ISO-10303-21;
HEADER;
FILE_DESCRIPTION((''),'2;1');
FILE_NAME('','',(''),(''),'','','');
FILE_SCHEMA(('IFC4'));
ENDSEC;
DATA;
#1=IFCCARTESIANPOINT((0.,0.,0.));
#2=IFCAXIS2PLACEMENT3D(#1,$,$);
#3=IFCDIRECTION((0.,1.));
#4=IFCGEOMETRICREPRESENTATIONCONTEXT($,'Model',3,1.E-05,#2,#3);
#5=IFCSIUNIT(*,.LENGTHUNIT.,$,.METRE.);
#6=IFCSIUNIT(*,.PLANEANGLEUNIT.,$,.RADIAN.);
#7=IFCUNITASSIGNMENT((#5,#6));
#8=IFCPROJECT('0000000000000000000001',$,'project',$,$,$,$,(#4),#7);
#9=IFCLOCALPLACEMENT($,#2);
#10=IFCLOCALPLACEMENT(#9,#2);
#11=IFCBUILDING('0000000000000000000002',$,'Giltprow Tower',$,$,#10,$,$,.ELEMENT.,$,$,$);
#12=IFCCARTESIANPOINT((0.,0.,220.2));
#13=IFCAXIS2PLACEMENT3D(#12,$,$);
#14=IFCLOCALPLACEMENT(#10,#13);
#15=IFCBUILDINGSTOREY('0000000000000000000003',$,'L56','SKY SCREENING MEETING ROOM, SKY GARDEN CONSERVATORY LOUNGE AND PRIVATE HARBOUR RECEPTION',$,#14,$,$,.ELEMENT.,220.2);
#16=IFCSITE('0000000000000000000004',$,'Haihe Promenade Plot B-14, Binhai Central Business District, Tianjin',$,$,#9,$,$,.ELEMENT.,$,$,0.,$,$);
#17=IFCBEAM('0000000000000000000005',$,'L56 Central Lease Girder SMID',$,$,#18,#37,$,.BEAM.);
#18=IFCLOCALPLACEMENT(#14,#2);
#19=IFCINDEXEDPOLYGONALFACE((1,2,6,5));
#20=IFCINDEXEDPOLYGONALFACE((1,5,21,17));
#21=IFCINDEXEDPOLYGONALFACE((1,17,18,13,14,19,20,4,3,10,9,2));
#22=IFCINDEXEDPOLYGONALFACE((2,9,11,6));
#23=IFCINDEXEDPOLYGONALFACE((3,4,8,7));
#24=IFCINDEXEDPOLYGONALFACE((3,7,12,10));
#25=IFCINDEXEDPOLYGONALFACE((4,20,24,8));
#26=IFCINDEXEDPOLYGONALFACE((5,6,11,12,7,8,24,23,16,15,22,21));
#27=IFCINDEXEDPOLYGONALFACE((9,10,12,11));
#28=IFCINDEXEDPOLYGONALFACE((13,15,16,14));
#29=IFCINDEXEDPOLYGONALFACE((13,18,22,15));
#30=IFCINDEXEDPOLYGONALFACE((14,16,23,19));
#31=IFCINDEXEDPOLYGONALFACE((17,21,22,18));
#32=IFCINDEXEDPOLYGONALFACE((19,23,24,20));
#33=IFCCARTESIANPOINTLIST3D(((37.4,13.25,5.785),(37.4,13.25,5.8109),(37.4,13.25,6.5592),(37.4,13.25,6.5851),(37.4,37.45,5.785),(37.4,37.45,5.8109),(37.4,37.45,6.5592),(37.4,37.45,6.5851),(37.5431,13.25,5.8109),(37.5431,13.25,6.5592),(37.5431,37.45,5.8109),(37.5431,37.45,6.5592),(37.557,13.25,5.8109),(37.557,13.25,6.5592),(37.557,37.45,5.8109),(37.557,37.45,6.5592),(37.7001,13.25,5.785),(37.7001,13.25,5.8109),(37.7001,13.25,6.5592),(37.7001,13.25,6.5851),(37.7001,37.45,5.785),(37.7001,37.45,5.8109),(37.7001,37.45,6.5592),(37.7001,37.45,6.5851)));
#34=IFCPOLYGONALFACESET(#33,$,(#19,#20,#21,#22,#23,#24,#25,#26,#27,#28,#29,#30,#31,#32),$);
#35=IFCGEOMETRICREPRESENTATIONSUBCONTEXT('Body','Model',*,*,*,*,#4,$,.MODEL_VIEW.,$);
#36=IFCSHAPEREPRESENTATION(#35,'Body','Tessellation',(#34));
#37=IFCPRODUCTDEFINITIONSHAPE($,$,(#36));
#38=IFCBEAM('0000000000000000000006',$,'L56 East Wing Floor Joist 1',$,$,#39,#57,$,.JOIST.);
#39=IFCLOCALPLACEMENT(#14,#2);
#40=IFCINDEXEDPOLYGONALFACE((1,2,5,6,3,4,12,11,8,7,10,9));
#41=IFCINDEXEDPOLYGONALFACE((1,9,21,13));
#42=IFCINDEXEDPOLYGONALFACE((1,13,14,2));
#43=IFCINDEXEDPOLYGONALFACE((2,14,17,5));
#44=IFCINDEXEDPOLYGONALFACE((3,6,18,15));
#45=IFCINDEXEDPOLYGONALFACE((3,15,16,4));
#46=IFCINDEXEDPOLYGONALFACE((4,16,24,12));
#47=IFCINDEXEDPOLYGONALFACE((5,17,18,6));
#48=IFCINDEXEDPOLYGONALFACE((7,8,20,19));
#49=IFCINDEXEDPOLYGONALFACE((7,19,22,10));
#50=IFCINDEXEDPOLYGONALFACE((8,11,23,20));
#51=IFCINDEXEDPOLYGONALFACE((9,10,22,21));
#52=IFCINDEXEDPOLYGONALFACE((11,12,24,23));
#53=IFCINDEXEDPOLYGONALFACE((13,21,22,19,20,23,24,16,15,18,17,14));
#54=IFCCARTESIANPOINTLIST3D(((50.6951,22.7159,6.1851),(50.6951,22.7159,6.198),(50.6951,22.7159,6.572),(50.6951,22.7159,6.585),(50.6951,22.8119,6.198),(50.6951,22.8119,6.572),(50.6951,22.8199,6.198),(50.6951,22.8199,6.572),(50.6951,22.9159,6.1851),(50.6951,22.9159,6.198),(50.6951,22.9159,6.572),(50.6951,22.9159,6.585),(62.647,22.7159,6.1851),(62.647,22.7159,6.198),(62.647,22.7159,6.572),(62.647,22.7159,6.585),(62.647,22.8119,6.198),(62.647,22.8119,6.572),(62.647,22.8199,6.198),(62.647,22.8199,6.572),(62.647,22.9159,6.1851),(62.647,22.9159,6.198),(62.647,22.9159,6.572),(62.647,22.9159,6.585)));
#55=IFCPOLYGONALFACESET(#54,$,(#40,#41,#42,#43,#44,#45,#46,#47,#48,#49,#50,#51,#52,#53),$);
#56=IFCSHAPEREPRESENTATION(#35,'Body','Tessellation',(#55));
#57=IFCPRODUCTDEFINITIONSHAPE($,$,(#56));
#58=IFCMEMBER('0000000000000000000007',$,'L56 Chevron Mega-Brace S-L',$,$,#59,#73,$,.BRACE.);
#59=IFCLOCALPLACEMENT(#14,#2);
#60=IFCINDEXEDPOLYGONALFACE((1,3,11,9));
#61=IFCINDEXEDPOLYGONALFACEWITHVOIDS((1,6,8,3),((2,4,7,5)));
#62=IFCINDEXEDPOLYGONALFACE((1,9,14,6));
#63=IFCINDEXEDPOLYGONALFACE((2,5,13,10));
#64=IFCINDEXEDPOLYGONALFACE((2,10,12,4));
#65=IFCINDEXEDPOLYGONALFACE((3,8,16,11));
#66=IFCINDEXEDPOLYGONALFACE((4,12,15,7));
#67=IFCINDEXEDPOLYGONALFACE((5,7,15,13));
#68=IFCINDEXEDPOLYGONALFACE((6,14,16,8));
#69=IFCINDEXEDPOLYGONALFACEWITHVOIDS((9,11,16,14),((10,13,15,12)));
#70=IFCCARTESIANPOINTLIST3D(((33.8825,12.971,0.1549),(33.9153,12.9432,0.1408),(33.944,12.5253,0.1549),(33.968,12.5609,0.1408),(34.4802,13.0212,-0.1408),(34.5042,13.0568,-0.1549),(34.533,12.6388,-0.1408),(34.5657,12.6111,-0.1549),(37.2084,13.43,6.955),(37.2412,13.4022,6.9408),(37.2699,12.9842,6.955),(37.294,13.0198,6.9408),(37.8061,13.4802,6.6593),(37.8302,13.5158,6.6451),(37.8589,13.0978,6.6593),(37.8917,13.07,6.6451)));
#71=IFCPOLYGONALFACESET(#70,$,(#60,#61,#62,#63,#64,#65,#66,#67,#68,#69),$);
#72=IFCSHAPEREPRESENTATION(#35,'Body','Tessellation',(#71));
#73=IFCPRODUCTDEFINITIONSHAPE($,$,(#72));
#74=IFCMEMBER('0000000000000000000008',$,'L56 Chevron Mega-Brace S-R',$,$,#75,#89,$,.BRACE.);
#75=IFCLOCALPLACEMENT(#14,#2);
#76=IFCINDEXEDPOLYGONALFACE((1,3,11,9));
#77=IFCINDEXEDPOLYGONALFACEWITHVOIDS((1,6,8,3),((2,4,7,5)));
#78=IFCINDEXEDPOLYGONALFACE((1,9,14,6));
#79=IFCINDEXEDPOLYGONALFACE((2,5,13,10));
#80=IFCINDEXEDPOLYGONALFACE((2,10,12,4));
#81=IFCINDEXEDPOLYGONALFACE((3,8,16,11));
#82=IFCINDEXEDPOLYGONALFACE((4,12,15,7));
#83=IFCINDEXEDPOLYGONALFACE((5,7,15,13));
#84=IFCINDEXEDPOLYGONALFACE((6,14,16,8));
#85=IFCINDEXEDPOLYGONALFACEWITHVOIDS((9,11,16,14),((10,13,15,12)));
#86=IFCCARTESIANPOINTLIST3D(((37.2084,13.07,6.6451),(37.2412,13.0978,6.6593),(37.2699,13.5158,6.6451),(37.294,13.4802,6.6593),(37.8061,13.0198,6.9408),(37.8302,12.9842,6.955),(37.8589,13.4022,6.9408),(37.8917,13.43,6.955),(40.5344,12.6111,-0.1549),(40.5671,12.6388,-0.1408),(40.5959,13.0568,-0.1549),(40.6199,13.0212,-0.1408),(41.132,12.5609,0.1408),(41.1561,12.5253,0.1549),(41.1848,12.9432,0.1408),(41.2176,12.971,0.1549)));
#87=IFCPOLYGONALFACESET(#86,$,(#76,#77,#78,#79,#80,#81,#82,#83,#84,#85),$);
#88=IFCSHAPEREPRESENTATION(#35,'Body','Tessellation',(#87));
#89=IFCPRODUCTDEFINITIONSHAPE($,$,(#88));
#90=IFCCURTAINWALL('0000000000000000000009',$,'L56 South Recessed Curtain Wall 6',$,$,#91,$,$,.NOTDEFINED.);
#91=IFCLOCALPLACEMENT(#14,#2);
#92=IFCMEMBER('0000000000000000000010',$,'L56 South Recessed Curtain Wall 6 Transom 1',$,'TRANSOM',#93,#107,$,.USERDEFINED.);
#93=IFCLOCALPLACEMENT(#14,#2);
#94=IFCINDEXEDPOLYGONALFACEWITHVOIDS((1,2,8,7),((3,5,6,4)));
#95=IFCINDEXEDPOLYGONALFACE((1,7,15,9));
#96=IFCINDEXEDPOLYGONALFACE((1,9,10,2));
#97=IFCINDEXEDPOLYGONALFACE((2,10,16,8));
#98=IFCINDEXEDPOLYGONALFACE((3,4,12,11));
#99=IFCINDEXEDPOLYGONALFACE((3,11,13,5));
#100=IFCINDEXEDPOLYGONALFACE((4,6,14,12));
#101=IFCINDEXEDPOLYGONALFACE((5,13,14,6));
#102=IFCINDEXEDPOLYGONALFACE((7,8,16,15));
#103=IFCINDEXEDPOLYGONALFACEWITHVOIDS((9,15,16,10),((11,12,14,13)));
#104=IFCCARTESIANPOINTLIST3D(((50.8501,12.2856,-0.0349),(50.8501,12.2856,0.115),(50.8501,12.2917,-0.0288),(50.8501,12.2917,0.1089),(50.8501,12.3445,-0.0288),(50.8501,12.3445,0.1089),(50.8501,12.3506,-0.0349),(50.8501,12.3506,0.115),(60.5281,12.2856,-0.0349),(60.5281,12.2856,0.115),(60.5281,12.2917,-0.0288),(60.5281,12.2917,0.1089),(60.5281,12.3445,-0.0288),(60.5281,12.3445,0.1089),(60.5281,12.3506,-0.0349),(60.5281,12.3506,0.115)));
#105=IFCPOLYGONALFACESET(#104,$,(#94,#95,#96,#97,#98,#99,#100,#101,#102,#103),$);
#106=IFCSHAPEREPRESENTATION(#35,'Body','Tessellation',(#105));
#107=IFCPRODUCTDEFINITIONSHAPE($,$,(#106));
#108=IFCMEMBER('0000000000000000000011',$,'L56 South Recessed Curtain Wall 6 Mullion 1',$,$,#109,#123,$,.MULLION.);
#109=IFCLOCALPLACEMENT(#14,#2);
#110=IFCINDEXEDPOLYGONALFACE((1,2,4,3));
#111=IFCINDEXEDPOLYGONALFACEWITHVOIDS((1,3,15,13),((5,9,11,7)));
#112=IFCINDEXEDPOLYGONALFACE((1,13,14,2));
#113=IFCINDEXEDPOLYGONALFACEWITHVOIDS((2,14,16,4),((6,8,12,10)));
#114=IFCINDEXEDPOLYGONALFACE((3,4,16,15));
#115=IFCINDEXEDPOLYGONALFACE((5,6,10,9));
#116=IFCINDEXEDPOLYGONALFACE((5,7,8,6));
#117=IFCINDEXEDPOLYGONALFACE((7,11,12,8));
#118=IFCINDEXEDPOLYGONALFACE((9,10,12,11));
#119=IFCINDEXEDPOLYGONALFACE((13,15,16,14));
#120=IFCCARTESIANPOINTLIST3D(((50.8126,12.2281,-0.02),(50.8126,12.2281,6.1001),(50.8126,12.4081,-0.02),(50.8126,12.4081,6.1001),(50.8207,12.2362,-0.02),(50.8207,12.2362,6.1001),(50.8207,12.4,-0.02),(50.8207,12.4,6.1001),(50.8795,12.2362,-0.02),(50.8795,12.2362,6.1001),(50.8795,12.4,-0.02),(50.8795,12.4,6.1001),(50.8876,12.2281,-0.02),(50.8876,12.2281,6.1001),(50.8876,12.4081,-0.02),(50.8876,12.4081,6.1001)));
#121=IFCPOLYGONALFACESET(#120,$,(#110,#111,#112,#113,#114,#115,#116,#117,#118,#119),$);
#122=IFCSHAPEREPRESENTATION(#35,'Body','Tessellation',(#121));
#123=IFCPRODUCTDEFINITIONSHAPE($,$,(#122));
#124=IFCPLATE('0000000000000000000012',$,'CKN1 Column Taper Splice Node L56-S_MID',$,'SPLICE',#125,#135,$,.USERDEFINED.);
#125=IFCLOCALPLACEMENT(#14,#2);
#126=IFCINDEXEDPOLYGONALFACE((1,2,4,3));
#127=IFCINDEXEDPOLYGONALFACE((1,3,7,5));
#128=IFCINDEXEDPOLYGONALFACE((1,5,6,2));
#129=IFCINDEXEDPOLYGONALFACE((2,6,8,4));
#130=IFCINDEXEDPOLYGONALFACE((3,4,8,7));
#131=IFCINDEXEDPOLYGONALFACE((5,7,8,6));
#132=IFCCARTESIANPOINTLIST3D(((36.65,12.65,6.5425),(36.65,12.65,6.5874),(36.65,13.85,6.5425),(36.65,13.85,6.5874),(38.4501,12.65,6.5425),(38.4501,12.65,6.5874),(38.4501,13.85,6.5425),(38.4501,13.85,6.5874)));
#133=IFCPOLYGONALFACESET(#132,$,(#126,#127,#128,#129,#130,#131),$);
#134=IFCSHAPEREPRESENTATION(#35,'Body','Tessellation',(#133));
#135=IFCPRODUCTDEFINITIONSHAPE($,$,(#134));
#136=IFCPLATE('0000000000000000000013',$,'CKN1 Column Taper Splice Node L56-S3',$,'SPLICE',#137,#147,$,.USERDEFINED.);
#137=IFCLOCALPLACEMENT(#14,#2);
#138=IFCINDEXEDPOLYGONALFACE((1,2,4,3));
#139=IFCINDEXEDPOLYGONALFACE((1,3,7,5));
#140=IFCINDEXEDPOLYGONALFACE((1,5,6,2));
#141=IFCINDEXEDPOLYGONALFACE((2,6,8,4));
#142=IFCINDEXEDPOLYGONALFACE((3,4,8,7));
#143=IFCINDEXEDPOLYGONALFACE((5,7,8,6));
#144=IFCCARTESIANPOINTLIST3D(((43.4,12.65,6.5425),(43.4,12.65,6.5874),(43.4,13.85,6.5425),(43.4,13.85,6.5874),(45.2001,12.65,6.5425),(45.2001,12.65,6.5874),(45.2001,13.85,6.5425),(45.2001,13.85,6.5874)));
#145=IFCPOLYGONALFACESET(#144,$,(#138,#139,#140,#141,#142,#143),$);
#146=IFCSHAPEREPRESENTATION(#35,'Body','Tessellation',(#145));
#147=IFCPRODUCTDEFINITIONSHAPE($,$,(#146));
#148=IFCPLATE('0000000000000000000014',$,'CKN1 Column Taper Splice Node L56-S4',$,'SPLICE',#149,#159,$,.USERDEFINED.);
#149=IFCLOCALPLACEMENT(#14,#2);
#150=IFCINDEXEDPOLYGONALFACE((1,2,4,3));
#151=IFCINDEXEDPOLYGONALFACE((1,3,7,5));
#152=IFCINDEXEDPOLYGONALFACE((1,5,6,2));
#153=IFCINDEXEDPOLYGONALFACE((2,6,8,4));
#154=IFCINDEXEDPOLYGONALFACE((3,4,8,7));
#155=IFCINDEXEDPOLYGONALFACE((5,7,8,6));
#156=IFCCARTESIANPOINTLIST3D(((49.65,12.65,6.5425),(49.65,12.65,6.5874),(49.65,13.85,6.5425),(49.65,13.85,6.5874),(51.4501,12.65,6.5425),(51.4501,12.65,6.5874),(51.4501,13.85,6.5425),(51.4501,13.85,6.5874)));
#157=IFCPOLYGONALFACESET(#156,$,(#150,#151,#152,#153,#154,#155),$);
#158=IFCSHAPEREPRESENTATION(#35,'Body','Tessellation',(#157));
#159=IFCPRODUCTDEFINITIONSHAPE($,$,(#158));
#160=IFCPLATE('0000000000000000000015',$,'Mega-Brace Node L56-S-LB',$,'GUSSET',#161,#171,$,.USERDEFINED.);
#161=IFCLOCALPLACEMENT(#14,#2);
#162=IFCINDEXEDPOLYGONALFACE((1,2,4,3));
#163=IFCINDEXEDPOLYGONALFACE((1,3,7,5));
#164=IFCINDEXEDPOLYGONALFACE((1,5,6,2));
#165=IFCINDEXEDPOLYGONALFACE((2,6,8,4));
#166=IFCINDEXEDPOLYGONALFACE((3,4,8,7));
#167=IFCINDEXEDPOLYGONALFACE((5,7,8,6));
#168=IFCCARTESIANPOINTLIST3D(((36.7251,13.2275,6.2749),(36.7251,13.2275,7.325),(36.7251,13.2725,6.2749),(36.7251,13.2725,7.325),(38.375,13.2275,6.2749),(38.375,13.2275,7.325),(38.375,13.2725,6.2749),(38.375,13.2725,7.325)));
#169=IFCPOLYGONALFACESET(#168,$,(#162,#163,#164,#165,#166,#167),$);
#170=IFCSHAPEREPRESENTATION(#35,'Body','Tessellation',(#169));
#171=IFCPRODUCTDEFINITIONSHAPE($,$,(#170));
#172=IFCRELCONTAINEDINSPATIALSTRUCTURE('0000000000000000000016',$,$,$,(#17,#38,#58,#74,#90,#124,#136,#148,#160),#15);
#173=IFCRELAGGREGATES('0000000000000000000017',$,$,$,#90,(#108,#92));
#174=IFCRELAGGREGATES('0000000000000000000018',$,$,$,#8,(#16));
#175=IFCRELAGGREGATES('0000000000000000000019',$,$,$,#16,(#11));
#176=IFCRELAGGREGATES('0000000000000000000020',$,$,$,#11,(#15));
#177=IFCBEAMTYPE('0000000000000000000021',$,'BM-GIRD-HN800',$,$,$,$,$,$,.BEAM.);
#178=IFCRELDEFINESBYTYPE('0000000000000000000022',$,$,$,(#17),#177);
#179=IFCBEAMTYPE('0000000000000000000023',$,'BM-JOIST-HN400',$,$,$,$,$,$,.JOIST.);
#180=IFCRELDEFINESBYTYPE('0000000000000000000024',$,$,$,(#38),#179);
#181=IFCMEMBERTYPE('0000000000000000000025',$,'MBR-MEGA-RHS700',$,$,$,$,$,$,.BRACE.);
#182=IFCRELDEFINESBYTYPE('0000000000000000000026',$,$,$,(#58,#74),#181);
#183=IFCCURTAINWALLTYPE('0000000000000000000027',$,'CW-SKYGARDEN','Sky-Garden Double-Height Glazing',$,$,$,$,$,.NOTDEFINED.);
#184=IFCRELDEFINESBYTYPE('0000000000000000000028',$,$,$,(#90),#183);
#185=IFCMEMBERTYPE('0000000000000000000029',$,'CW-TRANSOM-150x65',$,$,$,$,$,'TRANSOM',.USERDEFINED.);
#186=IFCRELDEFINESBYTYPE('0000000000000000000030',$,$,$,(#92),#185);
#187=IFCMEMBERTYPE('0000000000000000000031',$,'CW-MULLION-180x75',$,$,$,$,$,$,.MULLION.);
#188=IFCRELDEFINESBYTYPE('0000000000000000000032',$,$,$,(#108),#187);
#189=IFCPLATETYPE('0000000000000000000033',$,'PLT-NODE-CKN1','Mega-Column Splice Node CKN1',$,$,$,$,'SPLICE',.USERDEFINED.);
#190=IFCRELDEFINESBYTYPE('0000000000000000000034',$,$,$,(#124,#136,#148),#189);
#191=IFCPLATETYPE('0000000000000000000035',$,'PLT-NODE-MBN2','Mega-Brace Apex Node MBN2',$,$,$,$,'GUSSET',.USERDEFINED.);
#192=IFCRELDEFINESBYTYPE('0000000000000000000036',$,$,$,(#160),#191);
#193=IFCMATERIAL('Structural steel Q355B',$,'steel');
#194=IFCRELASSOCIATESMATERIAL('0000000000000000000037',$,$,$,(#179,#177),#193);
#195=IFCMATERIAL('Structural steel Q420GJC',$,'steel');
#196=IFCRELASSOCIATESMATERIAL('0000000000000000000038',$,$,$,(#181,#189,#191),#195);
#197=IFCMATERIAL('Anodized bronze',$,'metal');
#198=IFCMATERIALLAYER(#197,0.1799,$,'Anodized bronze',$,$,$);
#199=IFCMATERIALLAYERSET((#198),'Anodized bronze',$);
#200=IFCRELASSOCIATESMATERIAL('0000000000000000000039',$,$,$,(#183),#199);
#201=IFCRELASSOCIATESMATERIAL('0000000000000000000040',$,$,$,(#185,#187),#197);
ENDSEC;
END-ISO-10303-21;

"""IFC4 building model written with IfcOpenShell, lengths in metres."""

from ifc_helpers import new_model, si_unit, direction, frame, origin, origin_2d, place, context, subcontext, project, spatial, rectangle, hollow_rectangle, i_section, extrude, source, transform, mapped, material, layer, layer_set, material_profile, profile_set, type_object, element, aggregate, save


model = new_model("IFC4")

# Units and contexts
model_context = context("Model", 3, precision=1e-05, world=origin(), true_north=direction((0.0, 1.0)))
body_context = subcontext(model_context, "Body", "Model", "MODEL_VIEW")
ifc_project = project(units=[si_unit("LENGTHUNIT", "METRE"), si_unit("PLANEANGLEUNIT", "RADIAN")], contexts=[model_context])

# Site, building, storey
site_placement = place(None, origin())
site = spatial("IfcSite", under=ifc_project, at=site_placement, Name="Haihe Promenade Plot B-14, Binhai Central Business District, Tianjin", CompositionType="ELEMENT", RefElevation=0.0)
building_placement = place(site_placement, origin())
building = spatial("IfcBuilding", under=site, at=building_placement, Name="Giltprow Tower", CompositionType="ELEMENT")
storey_placement = place(building_placement, frame((0.0, 0.0, 220.2)))
storey = spatial("IfcBuildingStorey", under=building, at=storey_placement, Name="L56", Description="SKY SCREENING MEETING ROOM, SKY GARDEN CONSERVATORY LOUNGE AND PRIVATE HARBOUR RECEPTION", CompositionType="ELEMENT", Elevation=220.2)

# Shared definitions
ifc_material_1 = material(Name="Structural steel Q355B", Category="steel")

# Beams
ifc_material_profile_1 = material_profile(ifc_material_1, i_section(OverallWidth=0.2, OverallDepth=0.3999, WebThickness=0.0081, FlangeThickness=0.0129, at=origin_2d()), Name="HN 400x200x8x13")
ifc_profile_set_1 = profile_set([ifc_material_profile_1], Name="Structural steel Q355B")
beam_type_1 = type_object("IfcBeamType", Name="BM-JOIST-HN400", PredefinedType="JOIST", material=ifc_profile_set_1)
ifc_material_profile_2 = material_profile(ifc_material_1, i_section(OverallWidth=0.3, OverallDepth=0.8, WebThickness=0.0139, FlangeThickness=0.0259, at=origin_2d()), Name="HN 800x300x14x26")
ifc_profile_set_2 = profile_set([ifc_material_profile_2], Name="Structural steel Q355B")
beam_type_2 = type_object("IfcBeamType", Name="BM-GIRD-HN800", PredefinedType="BEAM", material=ifc_profile_set_2)
shared_shape_1 = source(origin(), body_context, "Body", "SweptSolid", [
    extrude(i_section(OverallWidth=0.3, OverallDepth=0.8, WebThickness=0.0139, FlangeThickness=0.0259, at=origin_2d()), origin(), (0.0, 0.0, 1.0), 24.2),
])
beam_1_placement = place(storey_placement, frame((37.55, 13.25, 6.1851), z_axis=(0.0, 1.0, 0.0), x_axis=(-1.0, 0.0, 0.0)))
element("IfcBeam", 1, at=beam_1_placement, inside=storey, type_object=beam_type_2, Name="L56 Central Lease Girder SMID", PredefinedType="BEAM", context=body_context, shape_type="MappedRepresentation", body=[
    mapped(shared_shape_1, transform((0.0, 0.0, 0.0), x_axis=(1.0, 0.0, 0.0), y_axis=(0.0, 1.0, 0.0), z_axis=(0.0, 0.0, 1.0), scale=1.0)),
])
shared_shape_2 = source(origin(), body_context, "Body", "SweptSolid", [
    extrude(i_section(OverallWidth=0.2, OverallDepth=0.3999, WebThickness=0.0081, FlangeThickness=0.0129, at=origin_2d()), origin(), (0.0, 0.0, 1.0), 11.9519),
])
beam_2_placement = place(storey_placement, frame((50.6951, 22.8159, 6.385), z_axis=(1.0, 0.0, 0.0), x_axis=(0.0, 1.0, 0.0)))
element("IfcBeam", 2, at=beam_2_placement, inside=storey, type_object=beam_type_1, Name="L56 East Wing Floor Joist 1", PredefinedType="JOIST", context=body_context, shape_type="MappedRepresentation", body=[
    mapped(shared_shape_2, transform((0.0, 0.0, 0.0), x_axis=(1.0, 0.0, 0.0), y_axis=(0.0, 1.0, 0.0), z_axis=(0.0, 0.0, 1.0), scale=1.0)),
])

# Members
ifc_material_2 = material(Name="Structural steel Q420GJC", Category="steel")
ifc_material_profile_3 = material_profile(ifc_material_2, hollow_rectangle(XDim=0.45, YDim=0.7, WallThickness=0.032, at=origin_2d()), Name="RHS 700x450x32")
ifc_profile_set_3 = profile_set([ifc_material_profile_3], Name="Structural steel Q420GJC")
member_type_1 = type_object("IfcMemberType", Name="MBR-MEGA-RHS700", PredefinedType="BRACE", material=ifc_profile_set_3)
shared_shape_3 = source(origin(), body_context, "Body", "SweptSolid", [
    extrude(hollow_rectangle(XDim=0.45, YDim=0.7, WallThickness=0.032, at=origin_2d()), origin(), (0.0, 0.0, 1.0), 7.5837),
])
for number, where, z_axis, x_axis, name in (
    (3, (34.2241, 12.791, 0.0), (0.43856, 0.060522, 0.896662), (-0.136706, 0.990612, 0.0), "L56 Chevron Mega-Brace S-L"),
    (4, (40.876, 12.791, 0.0), (-0.43856, 0.060522, 0.896662), (-0.136706, -0.990612, 0.0), "L56 Chevron Mega-Brace S-R"),
):
    element("IfcMember", number, at=place(storey_placement, frame(where, z_axis=z_axis, x_axis=x_axis)), inside=storey, type_object=member_type_1, Name=name, PredefinedType="BRACE", context=body_context, shape_type="MappedRepresentation", body=[
        mapped(shared_shape_3, transform((0.0, 0.0, 0.0), x_axis=(1.0, 0.0, 0.0), y_axis=(0.0, 1.0, 0.0), z_axis=(0.0, 0.0, 1.0), scale=1.0)),
    ])

# Curtain wall, members
ifc_material_3 = material(Name="Anodized bronze", Category="metal")
ifc_layer_1 = layer(ifc_material_3, 0.1799, Name="Anodized bronze")
ifc_layer_set_1 = layer_set([ifc_layer_1], Name="Anodized bronze")
curtain_wall_type = type_object("IfcCurtainWallType", Name="CW-SKYGARDEN", Description="Sky-Garden Double-Height Glazing", PredefinedType="NOTDEFINED", material=ifc_layer_set_1)
curtain_wall_placement = place(storey_placement, origin())
curtain_wall = element("IfcCurtainWall", 5, at=curtain_wall_placement, inside=storey, type_object=curtain_wall_type, Name="L56 South Recessed Curtain Wall 6", PredefinedType="NOTDEFINED")
ifc_material_profile_4 = material_profile(ifc_material_3, hollow_rectangle(XDim=0.0649, YDim=0.1499, WallThickness=0.0061, at=origin_2d()), Name="RHS 150x65x6")
ifc_profile_set_4 = profile_set([ifc_material_profile_4], Name="Anodized bronze")
member_type_2 = type_object("IfcMemberType", Name="CW-TRANSOM-150x65", ElementType="TRANSOM", PredefinedType="USERDEFINED", material=ifc_profile_set_4)
shared_shape_4 = source(origin(), body_context, "Body", "SweptSolid", [
    extrude(hollow_rectangle(XDim=0.0649, YDim=0.1499, WallThickness=0.0061, at=origin_2d()), origin(), (0.0, 0.0, 1.0), 9.678),
])
member_1_placement = place(storey_placement, frame((50.8501, 12.3181, 0.04), z_axis=(1.0, 0.0, 0.0), x_axis=(0.0, 1.0, 0.0)))
member_1 = element("IfcMember", 6, at=member_1_placement, type_object=member_type_2, Name="L56 South Recessed Curtain Wall 6 Transom 1", ObjectType="TRANSOM", PredefinedType="USERDEFINED", context=body_context, shape_type="MappedRepresentation", body=[
    mapped(shared_shape_4, transform((0.0, 0.0, 0.0), x_axis=(1.0, 0.0, 0.0), y_axis=(0.0, 1.0, 0.0), z_axis=(0.0, 0.0, 1.0), scale=1.0)),
])
ifc_material_profile_5 = material_profile(ifc_material_3, hollow_rectangle(XDim=0.075, YDim=0.1799, WallThickness=0.0081, at=origin_2d()), Name="RHS 180x75x8")
ifc_profile_set_5 = profile_set([ifc_material_profile_5], Name="Anodized bronze")
member_type_3 = type_object("IfcMemberType", Name="CW-MULLION-180x75", PredefinedType="MULLION", material=ifc_profile_set_5)
shared_shape_5 = source(origin(), body_context, "Body", "SweptSolid", [
    extrude(hollow_rectangle(XDim=0.075, YDim=0.1799, WallThickness=0.0081, at=origin_2d()), origin(), (0.0, 0.0, 1.0), 6.1201),
])
member_2_placement = place(storey_placement, frame((50.8501, 12.3181, -0.02), z_axis=(0.0, 0.0, 1.0), x_axis=(1.0, 0.0, 0.0)))
member_2 = element("IfcMember", 7, at=member_2_placement, type_object=member_type_3, Name="L56 South Recessed Curtain Wall 6 Mullion 1", PredefinedType="MULLION", context=body_context, shape_type="MappedRepresentation", body=[
    mapped(shared_shape_5, transform((0.0, 0.0, 0.0), x_axis=(1.0, 0.0, 0.0), y_axis=(0.0, 1.0, 0.0), z_axis=(0.0, 0.0, 1.0), scale=1.0)),
])
aggregate(curtain_wall, [member_2, member_1])

# Plates
plate_type_1 = type_object("IfcPlateType", Name="PLT-NODE-CKN1", Description="Mega-Column Splice Node CKN1", ElementType="SPLICE", PredefinedType="USERDEFINED", material=ifc_material_2)
shared_shape_6 = source(origin(), body_context, "Body", "SweptSolid", [
    extrude(rectangle(XDim=1.8, YDim=1.2, at=origin_2d()), origin(), (0.0, 0.0, 1.0), 0.0449),
])
for number, where, z_axis, x_axis, name in (
    (8, (37.55, 13.25, 6.5425), (0.0, 0.0, 1.0), (1.0, 0.0, 0.0), "CKN1 Column Taper Splice Node L56-S_MID"),
    (9, (44.3, 13.25, 6.5425), (0.0, 0.0, 1.0), (1.0, 0.0, 0.0), "CKN1 Column Taper Splice Node L56-S3"),
    (10, (50.55, 13.25, 6.5425), (0.0, 0.0, 1.0), (1.0, 0.0, 0.0), "CKN1 Column Taper Splice Node L56-S4"),
):
    element("IfcPlate", number, at=place(storey_placement, frame(where, z_axis=z_axis, x_axis=x_axis)), inside=storey, type_object=plate_type_1, Name=name, ObjectType="SPLICE", PredefinedType="USERDEFINED", context=body_context, shape_type="MappedRepresentation", body=[
        mapped(shared_shape_6, transform((0.0, 0.0, 0.0), x_axis=(1.0, 0.0, 0.0), y_axis=(0.0, 1.0, 0.0), z_axis=(0.0, 0.0, 1.0), scale=1.0)),
    ])
plate_type_2 = type_object("IfcPlateType", Name="PLT-NODE-MBN2", Description="Mega-Brace Apex Node MBN2", ElementType="GUSSET", PredefinedType="USERDEFINED", material=ifc_material_2)
shared_shape_7 = source(origin(), body_context, "Body", "SweptSolid", [
    extrude(rectangle(XDim=1.6499, YDim=0.0449, at=origin_2d()), origin(), (0.0, 0.0, 1.0), 1.05),
])
plate_placement = place(storey_placement, frame((37.55, 13.25, 6.2749), z_axis=(0.0, 0.0, 1.0), x_axis=(1.0, 0.0, 0.0)))
element("IfcPlate", 11, at=plate_placement, inside=storey, type_object=plate_type_2, Name="Mega-Brace Node L56-S-LB", ObjectType="GUSSET", PredefinedType="USERDEFINED", context=body_context, shape_type="MappedRepresentation", body=[
    mapped(shared_shape_7, transform((0.0, 0.0, 0.0), x_axis=(1.0, 0.0, 0.0), y_axis=(0.0, 1.0, 0.0), z_axis=(0.0, 0.0, 1.0), scale=1.0)),
])

save(model, "model.ifc")
